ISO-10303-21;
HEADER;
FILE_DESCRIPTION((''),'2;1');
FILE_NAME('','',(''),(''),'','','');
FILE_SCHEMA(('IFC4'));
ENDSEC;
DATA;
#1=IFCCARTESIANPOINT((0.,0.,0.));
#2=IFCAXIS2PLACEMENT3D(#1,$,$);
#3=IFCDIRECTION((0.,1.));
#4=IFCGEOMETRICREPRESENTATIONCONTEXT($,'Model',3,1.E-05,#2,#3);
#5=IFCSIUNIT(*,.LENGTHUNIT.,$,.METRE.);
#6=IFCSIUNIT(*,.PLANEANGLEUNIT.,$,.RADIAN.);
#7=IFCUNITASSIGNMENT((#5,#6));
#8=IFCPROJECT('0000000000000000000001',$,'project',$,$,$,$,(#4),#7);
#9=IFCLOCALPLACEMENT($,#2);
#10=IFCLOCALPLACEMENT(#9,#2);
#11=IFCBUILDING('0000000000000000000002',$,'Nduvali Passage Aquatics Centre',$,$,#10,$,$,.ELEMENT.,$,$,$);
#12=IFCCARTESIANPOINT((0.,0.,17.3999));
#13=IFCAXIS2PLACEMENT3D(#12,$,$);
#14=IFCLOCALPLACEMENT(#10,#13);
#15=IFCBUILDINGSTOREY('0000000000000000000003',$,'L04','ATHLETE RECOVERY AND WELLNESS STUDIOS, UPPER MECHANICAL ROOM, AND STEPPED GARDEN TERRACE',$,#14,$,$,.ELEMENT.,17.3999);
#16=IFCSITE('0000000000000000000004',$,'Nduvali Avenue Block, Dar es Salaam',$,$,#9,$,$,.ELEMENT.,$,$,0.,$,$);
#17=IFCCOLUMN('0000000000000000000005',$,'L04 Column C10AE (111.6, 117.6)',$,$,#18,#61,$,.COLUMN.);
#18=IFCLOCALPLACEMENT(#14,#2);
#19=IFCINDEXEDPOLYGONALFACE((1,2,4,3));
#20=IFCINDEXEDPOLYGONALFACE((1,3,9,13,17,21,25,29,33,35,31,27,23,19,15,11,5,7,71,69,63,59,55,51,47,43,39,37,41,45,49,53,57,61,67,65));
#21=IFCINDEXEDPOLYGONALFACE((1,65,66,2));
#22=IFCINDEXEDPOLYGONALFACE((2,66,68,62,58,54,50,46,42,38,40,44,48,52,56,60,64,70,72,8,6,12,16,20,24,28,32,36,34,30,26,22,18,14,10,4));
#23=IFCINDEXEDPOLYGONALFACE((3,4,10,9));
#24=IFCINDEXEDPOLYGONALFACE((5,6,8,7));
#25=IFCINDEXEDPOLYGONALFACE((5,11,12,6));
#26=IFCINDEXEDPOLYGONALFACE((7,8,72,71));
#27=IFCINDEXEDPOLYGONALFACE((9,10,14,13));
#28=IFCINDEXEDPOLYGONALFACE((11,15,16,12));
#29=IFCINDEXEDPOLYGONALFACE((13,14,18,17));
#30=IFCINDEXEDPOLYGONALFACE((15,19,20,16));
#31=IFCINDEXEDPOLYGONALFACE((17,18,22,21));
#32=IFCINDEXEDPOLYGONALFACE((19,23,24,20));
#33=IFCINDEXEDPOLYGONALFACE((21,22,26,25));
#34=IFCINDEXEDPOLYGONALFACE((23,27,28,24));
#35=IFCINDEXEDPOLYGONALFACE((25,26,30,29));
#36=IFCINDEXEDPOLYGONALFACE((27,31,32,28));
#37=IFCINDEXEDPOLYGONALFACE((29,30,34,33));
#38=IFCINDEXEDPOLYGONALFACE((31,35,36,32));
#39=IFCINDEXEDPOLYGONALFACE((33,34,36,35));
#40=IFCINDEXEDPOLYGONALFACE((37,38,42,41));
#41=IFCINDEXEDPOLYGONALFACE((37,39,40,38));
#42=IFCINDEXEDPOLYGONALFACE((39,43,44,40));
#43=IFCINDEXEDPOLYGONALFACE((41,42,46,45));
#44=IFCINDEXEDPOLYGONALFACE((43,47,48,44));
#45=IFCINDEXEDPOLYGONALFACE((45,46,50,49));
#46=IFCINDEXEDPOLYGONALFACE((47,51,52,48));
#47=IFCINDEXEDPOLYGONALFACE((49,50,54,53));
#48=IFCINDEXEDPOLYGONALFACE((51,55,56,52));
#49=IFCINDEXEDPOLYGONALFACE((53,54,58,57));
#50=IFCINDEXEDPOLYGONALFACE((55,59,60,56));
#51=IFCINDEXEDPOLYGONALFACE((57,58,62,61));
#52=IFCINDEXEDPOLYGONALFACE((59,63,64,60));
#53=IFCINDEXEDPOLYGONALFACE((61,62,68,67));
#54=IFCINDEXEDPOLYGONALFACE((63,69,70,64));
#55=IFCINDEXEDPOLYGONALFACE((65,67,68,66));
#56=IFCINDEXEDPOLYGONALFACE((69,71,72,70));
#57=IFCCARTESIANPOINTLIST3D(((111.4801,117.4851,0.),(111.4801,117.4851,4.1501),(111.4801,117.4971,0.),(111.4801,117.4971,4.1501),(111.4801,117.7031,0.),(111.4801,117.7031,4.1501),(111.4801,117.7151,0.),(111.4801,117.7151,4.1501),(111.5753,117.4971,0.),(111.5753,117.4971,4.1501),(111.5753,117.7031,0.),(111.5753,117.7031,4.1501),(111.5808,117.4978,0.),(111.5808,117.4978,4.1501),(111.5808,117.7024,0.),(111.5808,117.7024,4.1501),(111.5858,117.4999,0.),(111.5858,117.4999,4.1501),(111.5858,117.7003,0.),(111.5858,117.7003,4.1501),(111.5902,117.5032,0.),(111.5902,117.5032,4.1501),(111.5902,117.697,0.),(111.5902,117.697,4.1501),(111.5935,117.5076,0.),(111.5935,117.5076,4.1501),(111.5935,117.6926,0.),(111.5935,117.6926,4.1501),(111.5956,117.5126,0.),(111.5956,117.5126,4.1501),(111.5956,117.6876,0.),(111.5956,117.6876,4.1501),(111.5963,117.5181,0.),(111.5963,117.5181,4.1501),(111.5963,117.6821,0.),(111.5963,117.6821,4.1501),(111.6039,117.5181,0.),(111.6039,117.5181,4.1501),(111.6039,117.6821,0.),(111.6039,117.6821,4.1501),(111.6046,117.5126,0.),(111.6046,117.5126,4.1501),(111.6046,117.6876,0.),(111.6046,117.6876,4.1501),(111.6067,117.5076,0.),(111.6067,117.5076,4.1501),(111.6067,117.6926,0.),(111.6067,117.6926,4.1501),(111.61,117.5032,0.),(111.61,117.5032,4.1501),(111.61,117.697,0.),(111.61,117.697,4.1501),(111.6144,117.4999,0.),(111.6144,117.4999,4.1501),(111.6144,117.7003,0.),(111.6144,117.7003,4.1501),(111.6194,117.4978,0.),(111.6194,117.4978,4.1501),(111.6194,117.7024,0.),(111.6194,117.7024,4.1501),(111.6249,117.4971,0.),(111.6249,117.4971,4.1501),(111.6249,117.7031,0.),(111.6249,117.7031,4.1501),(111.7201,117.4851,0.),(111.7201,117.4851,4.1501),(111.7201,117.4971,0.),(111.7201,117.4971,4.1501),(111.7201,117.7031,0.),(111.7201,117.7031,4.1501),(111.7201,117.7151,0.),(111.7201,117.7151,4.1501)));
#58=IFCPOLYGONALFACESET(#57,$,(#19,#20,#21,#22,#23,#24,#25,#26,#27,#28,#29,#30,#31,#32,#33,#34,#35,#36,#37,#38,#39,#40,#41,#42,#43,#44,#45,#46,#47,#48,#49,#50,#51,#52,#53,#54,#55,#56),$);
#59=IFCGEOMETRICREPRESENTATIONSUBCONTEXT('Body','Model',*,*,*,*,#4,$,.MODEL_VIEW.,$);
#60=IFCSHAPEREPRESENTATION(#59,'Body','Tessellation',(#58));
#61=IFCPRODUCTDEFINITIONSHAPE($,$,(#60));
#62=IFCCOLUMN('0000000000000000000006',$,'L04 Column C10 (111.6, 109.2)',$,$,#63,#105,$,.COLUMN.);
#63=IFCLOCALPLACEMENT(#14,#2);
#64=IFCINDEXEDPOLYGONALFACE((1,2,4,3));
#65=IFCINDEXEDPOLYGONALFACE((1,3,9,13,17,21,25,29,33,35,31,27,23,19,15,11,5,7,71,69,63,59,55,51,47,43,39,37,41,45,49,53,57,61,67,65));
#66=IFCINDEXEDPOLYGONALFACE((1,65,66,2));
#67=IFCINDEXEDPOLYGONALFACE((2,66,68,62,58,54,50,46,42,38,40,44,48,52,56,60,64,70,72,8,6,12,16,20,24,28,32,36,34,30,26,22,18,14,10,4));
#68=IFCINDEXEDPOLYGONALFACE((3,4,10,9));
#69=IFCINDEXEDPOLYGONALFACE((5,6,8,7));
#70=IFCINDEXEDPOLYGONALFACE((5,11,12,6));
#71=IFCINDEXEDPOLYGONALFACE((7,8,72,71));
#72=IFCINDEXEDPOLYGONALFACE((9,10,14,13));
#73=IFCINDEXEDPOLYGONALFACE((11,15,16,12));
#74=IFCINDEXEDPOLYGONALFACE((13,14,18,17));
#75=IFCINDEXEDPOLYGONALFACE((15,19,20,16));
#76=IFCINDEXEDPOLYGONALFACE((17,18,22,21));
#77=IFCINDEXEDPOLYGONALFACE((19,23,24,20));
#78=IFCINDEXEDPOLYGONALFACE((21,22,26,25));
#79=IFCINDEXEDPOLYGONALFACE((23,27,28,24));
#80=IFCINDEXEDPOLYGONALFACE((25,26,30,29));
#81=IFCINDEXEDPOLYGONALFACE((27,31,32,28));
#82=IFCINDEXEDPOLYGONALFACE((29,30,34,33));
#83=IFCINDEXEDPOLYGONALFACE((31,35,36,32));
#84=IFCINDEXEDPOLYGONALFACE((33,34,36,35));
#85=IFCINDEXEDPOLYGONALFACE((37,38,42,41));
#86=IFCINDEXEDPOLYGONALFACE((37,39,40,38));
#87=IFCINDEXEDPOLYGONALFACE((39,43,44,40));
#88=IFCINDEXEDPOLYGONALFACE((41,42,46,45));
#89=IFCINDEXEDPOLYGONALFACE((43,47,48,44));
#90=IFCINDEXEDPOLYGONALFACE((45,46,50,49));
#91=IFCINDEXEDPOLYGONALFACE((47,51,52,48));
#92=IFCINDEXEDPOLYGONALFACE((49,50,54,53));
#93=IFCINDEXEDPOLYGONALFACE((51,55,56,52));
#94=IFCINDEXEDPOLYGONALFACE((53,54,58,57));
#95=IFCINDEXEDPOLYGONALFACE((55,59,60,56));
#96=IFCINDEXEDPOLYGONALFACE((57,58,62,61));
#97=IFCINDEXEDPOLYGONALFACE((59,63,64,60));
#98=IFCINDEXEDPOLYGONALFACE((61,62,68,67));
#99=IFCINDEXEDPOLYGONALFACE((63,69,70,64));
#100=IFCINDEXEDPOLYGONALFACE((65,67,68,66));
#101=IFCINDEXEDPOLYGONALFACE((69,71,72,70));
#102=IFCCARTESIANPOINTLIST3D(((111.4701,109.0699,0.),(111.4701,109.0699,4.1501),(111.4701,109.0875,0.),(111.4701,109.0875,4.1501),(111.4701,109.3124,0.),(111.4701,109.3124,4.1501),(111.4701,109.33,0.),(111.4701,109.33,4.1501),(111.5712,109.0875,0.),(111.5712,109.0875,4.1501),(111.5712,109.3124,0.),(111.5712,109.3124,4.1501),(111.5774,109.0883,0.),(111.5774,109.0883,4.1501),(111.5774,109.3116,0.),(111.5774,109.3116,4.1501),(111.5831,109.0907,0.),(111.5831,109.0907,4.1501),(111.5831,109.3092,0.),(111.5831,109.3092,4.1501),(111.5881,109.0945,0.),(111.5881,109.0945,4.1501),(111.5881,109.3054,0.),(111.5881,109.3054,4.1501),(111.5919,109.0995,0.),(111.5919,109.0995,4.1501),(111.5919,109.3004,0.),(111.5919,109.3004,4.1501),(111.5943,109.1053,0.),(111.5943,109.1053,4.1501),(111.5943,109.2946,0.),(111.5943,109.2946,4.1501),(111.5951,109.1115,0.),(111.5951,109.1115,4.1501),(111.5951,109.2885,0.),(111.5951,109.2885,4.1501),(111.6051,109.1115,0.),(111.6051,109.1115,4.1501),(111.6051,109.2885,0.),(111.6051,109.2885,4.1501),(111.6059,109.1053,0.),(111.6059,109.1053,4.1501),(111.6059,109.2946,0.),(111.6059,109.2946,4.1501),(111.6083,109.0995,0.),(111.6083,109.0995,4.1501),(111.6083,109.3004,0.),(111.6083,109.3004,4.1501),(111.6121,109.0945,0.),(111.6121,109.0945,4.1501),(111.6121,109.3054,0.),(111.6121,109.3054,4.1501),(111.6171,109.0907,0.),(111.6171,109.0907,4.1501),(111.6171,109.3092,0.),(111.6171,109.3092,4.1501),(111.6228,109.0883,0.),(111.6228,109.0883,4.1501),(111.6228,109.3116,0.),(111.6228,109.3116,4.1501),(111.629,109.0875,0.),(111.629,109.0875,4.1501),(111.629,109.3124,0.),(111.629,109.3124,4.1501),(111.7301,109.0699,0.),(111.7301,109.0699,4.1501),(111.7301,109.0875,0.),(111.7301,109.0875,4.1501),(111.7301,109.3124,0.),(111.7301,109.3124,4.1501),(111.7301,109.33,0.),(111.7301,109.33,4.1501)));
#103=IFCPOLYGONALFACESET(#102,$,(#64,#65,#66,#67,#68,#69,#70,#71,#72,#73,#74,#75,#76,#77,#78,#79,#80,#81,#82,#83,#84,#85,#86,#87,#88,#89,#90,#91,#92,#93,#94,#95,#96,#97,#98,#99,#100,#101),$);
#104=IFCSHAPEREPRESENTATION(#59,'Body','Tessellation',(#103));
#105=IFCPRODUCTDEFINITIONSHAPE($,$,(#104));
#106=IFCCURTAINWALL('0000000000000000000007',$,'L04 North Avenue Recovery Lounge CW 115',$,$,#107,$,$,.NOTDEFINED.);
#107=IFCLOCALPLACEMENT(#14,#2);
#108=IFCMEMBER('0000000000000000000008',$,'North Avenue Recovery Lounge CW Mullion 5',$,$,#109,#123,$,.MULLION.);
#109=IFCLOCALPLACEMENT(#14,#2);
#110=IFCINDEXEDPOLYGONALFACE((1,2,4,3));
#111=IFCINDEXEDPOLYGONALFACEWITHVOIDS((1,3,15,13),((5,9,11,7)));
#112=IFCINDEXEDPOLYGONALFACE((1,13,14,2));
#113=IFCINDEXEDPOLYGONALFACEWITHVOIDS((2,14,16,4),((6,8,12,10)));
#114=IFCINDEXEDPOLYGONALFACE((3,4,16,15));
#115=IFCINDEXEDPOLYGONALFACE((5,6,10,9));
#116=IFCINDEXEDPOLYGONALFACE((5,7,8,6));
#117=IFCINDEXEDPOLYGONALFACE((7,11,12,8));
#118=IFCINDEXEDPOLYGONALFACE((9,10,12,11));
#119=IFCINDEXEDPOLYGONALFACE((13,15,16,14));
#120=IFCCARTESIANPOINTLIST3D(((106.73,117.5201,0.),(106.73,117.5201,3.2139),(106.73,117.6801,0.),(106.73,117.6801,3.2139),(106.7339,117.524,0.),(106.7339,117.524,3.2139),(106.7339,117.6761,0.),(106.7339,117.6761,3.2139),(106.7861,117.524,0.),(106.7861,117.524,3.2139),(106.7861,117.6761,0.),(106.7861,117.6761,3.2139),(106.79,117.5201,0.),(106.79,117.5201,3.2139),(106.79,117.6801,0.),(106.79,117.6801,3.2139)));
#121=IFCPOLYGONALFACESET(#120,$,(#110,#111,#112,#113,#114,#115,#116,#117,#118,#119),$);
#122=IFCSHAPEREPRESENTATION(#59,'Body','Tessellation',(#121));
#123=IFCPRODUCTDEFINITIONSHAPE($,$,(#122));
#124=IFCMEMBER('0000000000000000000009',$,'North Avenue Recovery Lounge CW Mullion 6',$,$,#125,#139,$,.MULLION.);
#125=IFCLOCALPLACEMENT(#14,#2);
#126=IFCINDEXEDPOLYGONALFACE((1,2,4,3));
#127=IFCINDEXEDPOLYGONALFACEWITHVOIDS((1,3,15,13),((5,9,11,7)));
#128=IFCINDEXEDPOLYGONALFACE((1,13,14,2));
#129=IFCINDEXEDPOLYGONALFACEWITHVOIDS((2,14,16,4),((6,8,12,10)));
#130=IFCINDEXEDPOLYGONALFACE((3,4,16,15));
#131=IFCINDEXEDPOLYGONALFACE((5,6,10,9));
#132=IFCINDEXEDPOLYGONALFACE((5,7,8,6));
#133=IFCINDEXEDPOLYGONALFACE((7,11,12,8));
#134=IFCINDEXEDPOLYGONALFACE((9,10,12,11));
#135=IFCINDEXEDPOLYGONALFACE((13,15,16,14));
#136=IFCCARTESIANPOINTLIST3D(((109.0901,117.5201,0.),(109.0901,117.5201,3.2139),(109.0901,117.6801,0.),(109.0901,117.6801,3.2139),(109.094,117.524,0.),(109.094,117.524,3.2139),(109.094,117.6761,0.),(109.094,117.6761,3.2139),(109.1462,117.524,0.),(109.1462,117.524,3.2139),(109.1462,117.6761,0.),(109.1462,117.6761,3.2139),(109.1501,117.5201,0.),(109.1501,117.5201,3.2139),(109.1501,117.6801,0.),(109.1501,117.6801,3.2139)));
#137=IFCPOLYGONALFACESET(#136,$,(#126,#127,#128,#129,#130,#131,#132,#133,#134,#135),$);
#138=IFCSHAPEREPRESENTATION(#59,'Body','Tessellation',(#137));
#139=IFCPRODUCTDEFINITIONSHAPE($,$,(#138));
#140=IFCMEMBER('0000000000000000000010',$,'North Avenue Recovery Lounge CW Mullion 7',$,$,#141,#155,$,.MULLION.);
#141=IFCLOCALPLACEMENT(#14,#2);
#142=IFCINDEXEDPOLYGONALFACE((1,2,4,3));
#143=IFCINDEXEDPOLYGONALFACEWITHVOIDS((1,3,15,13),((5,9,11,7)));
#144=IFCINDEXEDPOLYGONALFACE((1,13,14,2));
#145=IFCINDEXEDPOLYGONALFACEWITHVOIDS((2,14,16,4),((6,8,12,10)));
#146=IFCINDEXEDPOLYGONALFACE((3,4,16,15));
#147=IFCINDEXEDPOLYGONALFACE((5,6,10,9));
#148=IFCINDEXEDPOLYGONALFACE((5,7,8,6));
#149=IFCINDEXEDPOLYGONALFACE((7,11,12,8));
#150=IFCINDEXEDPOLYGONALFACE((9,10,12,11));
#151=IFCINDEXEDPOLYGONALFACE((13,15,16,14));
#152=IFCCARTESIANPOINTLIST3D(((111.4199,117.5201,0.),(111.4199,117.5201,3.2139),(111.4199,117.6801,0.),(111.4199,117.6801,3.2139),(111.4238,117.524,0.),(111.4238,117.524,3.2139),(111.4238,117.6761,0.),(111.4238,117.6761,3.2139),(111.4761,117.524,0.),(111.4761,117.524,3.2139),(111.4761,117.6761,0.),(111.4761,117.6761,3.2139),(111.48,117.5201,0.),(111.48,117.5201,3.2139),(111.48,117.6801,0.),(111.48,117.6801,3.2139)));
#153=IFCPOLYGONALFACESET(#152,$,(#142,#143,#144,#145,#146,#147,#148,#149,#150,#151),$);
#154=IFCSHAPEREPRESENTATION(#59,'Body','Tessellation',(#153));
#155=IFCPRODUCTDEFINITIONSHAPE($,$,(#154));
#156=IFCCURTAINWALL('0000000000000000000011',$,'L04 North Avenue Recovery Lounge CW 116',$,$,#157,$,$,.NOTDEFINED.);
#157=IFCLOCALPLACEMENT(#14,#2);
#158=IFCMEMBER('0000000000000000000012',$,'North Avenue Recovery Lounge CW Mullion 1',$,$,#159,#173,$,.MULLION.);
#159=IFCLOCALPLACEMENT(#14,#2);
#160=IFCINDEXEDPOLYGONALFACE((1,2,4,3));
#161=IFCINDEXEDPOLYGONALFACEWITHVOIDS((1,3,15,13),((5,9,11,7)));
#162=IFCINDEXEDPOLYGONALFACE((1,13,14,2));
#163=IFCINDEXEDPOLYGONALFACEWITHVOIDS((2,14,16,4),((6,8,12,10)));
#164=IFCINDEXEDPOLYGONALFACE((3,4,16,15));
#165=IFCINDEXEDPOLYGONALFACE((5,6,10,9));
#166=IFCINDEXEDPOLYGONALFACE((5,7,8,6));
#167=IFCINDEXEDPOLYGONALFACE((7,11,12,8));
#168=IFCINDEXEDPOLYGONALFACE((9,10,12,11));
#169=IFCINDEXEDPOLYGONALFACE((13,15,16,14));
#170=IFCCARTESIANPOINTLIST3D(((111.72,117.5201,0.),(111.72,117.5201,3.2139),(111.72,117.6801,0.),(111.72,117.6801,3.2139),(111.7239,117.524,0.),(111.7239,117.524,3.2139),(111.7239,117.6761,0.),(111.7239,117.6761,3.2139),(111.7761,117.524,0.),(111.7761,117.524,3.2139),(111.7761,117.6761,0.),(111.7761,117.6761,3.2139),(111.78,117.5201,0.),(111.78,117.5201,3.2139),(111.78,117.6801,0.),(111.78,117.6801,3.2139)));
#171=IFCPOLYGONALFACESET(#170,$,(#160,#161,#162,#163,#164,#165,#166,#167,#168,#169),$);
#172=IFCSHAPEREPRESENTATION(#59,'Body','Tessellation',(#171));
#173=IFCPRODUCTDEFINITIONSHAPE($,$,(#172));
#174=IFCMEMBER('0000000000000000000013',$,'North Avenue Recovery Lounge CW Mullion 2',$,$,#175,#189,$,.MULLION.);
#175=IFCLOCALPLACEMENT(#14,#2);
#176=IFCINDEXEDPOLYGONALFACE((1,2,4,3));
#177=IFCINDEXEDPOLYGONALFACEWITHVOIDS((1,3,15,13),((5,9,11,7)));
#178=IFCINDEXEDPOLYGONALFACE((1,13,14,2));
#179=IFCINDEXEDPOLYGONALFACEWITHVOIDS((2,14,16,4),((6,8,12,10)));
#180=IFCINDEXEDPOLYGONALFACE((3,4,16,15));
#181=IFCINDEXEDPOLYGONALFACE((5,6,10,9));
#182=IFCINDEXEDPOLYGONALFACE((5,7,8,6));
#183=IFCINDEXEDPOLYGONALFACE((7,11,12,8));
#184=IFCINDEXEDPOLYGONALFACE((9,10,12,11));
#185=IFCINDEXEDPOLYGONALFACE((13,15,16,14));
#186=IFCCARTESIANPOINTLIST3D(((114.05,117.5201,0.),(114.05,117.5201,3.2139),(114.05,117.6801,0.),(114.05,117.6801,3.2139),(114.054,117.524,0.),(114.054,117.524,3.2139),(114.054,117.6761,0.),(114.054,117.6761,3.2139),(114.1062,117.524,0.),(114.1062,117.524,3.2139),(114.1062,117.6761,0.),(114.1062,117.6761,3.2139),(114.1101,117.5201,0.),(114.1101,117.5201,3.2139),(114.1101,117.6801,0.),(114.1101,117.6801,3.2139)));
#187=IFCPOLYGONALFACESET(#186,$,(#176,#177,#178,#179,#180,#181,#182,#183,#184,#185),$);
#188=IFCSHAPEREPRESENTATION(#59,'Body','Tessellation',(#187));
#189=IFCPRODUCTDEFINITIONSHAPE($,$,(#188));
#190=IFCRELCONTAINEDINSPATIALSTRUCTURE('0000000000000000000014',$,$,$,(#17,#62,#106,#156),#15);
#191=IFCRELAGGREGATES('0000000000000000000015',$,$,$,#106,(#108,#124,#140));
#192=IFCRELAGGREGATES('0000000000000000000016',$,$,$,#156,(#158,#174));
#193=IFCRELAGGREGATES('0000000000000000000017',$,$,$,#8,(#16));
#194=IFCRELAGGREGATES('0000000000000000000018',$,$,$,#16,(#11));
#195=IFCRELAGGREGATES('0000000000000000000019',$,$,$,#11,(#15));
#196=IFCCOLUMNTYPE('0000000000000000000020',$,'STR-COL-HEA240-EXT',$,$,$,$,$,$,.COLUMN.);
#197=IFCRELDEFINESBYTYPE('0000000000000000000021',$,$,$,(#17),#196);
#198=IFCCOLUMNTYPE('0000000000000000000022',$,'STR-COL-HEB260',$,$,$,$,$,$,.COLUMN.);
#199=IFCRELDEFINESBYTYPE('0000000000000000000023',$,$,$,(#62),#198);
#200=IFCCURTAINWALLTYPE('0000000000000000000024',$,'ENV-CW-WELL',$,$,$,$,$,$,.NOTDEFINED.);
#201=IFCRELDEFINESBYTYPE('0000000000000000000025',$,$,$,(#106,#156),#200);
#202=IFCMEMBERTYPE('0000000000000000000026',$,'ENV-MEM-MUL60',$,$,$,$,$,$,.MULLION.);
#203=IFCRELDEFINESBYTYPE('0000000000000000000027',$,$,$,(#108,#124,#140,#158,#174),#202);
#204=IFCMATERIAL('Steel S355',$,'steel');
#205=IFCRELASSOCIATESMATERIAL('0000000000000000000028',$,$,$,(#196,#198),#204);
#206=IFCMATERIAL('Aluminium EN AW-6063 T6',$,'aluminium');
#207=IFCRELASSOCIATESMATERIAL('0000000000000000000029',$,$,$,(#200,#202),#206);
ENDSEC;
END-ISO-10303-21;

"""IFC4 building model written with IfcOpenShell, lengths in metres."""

from ifc_helpers import new_model, si_unit, direction, frame, origin, origin_2d, place, context, subcontext, project, spatial, hollow_rectangle, i_section, extrude, material, material_profile, profile_set, type_object, element, aggregate, save


model = new_model("IFC4")

# Units and contexts
model_context = context("Model", 3, precision=1e-05, world=origin(), true_north=direction((0.0, 1.0)))
body_context = subcontext(model_context, "Body", "Model", "MODEL_VIEW")
ifc_project = project(units=[si_unit("LENGTHUNIT", "METRE"), si_unit("PLANEANGLEUNIT", "RADIAN")], contexts=[model_context])

# Site, building, storey
site_placement = place(None, origin())
site = spatial("IfcSite", under=ifc_project, at=site_placement, Name="Nduvali Avenue Block, Dar es Salaam", CompositionType="ELEMENT", RefElevation=0.0)
building_placement = place(site_placement, origin())
building = spatial("IfcBuilding", under=site, at=building_placement, Name="Nduvali Passage Aquatics Centre", CompositionType="ELEMENT")
storey_placement = place(building_placement, frame((0.0, 0.0, 17.3999)))
storey = spatial("IfcBuildingStorey", under=building, at=storey_placement, Name="L04", Description="ATHLETE RECOVERY AND WELLNESS STUDIOS, UPPER MECHANICAL ROOM, AND STEPPED GARDEN TERRACE", CompositionType="ELEMENT", Elevation=17.3999)

# Columns
ifc_material_1 = material(Name="Steel S355", Category="steel")
ifc_material_profile_1 = material_profile(ifc_material_1, i_section(OverallWidth=0.24, OverallDepth=0.23, WebThickness=0.0076, FlangeThickness=0.012, FilletRadius=0.021, at=origin_2d()), Name="HEA 240")
ifc_profile_set_1 = profile_set([ifc_material_profile_1], Name="Steel S355")
column_type_1 = type_object("IfcColumnType", Name="STR-COL-HEA240-EXT", PredefinedType="COLUMN", material=ifc_profile_set_1)
column_1_placement = place(storey_placement, frame((111.6001, 117.6001, 0.0), z_axis=(0.0, 0.0, 1.0), x_axis=(1.0, 0.0, 0.0)))
element("IfcColumn", 1, at=column_1_placement, inside=storey, type_object=column_type_1, Name="L04 Column C10AE (111.6, 117.6)", PredefinedType="COLUMN", context=body_context, shape_type="SweptSolid", body=[
    extrude(i_section(OverallWidth=0.24, OverallDepth=0.23, WebThickness=0.0076, FlangeThickness=0.012, FilletRadius=0.021, at=origin_2d()), origin(), (0.0, 0.0, 1.0), 4.1501),
])
ifc_material_profile_2 = material_profile(ifc_material_1, i_section(OverallWidth=0.26, OverallDepth=0.26, WebThickness=0.01, FlangeThickness=0.0176, FilletRadius=0.0239, at=origin_2d()), Name="HEB 260")
ifc_profile_set_2 = profile_set([ifc_material_profile_2], Name="Steel S355")
column_type_2 = type_object("IfcColumnType", Name="STR-COL-HEB260", PredefinedType="COLUMN", material=ifc_profile_set_2)
column_2_placement = place(storey_placement, frame((111.6001, 109.2, 0.0), z_axis=(0.0, 0.0, 1.0), x_axis=(1.0, 0.0, 0.0)))
element("IfcColumn", 2, at=column_2_placement, inside=storey, type_object=column_type_2, Name="L04 Column C10 (111.6, 109.2)", PredefinedType="COLUMN", context=body_context, shape_type="SweptSolid", body=[
    extrude(i_section(OverallWidth=0.26, OverallDepth=0.26, WebThickness=0.01, FlangeThickness=0.0176, FilletRadius=0.0239, at=origin_2d()), origin(), (0.0, 0.0, 1.0), 4.1501),
])

# Curtain walls, members
ifc_material_2 = material(Name="Aluminium EN AW-6063 T6", Category="aluminium")
curtain_wall_type = type_object("IfcCurtainWallType", Name="ENV-CW-WELL", PredefinedType="NOTDEFINED", material=ifc_material_2)
curtain_wall_1_placement = place(storey_placement, origin())
curtain_wall_1 = element("IfcCurtainWall", 3, at=curtain_wall_1_placement, inside=storey, type_object=curtain_wall_type, Name="L04 North Avenue Recovery Lounge CW 115", PredefinedType="NOTDEFINED")
ifc_material_profile_3 = material_profile(ifc_material_2, hollow_rectangle(XDim=0.0601, YDim=0.1599, WallThickness=0.0039, at=origin_2d()), Name="ALU MULLION 60x160x4")
ifc_profile_set_3 = profile_set([ifc_material_profile_3], Name="Aluminium EN AW-6063 T6")
member_type_1 = type_object("IfcMemberType", Name="ENV-MEM-MUL60", PredefinedType="MULLION", material=ifc_profile_set_3)
member_1_placement = place(storey_placement, frame((106.76, 117.6001, 0.0), z_axis=(0.0, 0.0, 1.0), x_axis=(1.0, 0.0, 0.0)))
member_1 = element("IfcMember", 4, at=member_1_placement, type_object=member_type_1, Name="North Avenue Recovery Lounge CW Mullion 5", PredefinedType="MULLION", context=body_context, shape_type="SweptSolid", body=[
    extrude(hollow_rectangle(XDim=0.0601, YDim=0.1599, WallThickness=0.0039, at=origin_2d()), origin(), (0.0, 0.0, 1.0), 3.2139),
])
member_2_placement = place(storey_placement, frame((109.1201, 117.6001, 0.0), z_axis=(0.0, 0.0, 1.0), x_axis=(1.0, 0.0, 0.0)))
member_2 = element("IfcMember", 5, at=member_2_placement, type_object=member_type_1, Name="North Avenue Recovery Lounge CW Mullion 6", PredefinedType="MULLION", context=body_context, shape_type="SweptSolid", body=[
    extrude(hollow_rectangle(XDim=0.0601, YDim=0.1599, WallThickness=0.0039, at=origin_2d()), origin(), (0.0, 0.0, 1.0), 3.2139),
])
member_3_placement = place(storey_placement, frame((111.45, 117.6001, 0.0), z_axis=(0.0, 0.0, 1.0), x_axis=(1.0, 0.0, 0.0)))
member_3 = element("IfcMember", 6, at=member_3_placement, type_object=member_type_1, Name="North Avenue Recovery Lounge CW Mullion 7", PredefinedType="MULLION", context=body_context, shape_type="SweptSolid", body=[
    extrude(hollow_rectangle(XDim=0.0601, YDim=0.1599, WallThickness=0.0039, at=origin_2d()), origin(), (0.0, 0.0, 1.0), 3.2139),
])
curtain_wall_2_placement = place(storey_placement, origin())
curtain_wall_2 = element("IfcCurtainWall", 7, at=curtain_wall_2_placement, inside=storey, type_object=curtain_wall_type, Name="L04 North Avenue Recovery Lounge CW 116", PredefinedType="NOTDEFINED")
member_4_placement = place(storey_placement, frame((111.75, 117.6001, 0.0), z_axis=(0.0, 0.0, 1.0), x_axis=(1.0, 0.0, 0.0)))
member_4 = element("IfcMember", 8, at=member_4_placement, type_object=member_type_1, Name="North Avenue Recovery Lounge CW Mullion 1", PredefinedType="MULLION", context=body_context, shape_type="SweptSolid", body=[
    extrude(hollow_rectangle(XDim=0.0601, YDim=0.1599, WallThickness=0.0039, at=origin_2d()), origin(), (0.0, 0.0, 1.0), 3.2139),
])
member_5_placement = place(storey_placement, frame((114.0801, 117.6001, 0.0), z_axis=(0.0, 0.0, 1.0), x_axis=(1.0, 0.0, 0.0)))
member_5 = element("IfcMember", 9, at=member_5_placement, type_object=member_type_1, Name="North Avenue Recovery Lounge CW Mullion 2", PredefinedType="MULLION", context=body_context, shape_type="SweptSolid", body=[
    extrude(hollow_rectangle(XDim=0.0601, YDim=0.1599, WallThickness=0.0039, at=origin_2d()), origin(), (0.0, 0.0, 1.0), 3.2139),
])

aggregate(curtain_wall_1, [member_1, member_2, member_3])
aggregate(curtain_wall_2, [member_4, member_5])

save(model, "model.ifc")
